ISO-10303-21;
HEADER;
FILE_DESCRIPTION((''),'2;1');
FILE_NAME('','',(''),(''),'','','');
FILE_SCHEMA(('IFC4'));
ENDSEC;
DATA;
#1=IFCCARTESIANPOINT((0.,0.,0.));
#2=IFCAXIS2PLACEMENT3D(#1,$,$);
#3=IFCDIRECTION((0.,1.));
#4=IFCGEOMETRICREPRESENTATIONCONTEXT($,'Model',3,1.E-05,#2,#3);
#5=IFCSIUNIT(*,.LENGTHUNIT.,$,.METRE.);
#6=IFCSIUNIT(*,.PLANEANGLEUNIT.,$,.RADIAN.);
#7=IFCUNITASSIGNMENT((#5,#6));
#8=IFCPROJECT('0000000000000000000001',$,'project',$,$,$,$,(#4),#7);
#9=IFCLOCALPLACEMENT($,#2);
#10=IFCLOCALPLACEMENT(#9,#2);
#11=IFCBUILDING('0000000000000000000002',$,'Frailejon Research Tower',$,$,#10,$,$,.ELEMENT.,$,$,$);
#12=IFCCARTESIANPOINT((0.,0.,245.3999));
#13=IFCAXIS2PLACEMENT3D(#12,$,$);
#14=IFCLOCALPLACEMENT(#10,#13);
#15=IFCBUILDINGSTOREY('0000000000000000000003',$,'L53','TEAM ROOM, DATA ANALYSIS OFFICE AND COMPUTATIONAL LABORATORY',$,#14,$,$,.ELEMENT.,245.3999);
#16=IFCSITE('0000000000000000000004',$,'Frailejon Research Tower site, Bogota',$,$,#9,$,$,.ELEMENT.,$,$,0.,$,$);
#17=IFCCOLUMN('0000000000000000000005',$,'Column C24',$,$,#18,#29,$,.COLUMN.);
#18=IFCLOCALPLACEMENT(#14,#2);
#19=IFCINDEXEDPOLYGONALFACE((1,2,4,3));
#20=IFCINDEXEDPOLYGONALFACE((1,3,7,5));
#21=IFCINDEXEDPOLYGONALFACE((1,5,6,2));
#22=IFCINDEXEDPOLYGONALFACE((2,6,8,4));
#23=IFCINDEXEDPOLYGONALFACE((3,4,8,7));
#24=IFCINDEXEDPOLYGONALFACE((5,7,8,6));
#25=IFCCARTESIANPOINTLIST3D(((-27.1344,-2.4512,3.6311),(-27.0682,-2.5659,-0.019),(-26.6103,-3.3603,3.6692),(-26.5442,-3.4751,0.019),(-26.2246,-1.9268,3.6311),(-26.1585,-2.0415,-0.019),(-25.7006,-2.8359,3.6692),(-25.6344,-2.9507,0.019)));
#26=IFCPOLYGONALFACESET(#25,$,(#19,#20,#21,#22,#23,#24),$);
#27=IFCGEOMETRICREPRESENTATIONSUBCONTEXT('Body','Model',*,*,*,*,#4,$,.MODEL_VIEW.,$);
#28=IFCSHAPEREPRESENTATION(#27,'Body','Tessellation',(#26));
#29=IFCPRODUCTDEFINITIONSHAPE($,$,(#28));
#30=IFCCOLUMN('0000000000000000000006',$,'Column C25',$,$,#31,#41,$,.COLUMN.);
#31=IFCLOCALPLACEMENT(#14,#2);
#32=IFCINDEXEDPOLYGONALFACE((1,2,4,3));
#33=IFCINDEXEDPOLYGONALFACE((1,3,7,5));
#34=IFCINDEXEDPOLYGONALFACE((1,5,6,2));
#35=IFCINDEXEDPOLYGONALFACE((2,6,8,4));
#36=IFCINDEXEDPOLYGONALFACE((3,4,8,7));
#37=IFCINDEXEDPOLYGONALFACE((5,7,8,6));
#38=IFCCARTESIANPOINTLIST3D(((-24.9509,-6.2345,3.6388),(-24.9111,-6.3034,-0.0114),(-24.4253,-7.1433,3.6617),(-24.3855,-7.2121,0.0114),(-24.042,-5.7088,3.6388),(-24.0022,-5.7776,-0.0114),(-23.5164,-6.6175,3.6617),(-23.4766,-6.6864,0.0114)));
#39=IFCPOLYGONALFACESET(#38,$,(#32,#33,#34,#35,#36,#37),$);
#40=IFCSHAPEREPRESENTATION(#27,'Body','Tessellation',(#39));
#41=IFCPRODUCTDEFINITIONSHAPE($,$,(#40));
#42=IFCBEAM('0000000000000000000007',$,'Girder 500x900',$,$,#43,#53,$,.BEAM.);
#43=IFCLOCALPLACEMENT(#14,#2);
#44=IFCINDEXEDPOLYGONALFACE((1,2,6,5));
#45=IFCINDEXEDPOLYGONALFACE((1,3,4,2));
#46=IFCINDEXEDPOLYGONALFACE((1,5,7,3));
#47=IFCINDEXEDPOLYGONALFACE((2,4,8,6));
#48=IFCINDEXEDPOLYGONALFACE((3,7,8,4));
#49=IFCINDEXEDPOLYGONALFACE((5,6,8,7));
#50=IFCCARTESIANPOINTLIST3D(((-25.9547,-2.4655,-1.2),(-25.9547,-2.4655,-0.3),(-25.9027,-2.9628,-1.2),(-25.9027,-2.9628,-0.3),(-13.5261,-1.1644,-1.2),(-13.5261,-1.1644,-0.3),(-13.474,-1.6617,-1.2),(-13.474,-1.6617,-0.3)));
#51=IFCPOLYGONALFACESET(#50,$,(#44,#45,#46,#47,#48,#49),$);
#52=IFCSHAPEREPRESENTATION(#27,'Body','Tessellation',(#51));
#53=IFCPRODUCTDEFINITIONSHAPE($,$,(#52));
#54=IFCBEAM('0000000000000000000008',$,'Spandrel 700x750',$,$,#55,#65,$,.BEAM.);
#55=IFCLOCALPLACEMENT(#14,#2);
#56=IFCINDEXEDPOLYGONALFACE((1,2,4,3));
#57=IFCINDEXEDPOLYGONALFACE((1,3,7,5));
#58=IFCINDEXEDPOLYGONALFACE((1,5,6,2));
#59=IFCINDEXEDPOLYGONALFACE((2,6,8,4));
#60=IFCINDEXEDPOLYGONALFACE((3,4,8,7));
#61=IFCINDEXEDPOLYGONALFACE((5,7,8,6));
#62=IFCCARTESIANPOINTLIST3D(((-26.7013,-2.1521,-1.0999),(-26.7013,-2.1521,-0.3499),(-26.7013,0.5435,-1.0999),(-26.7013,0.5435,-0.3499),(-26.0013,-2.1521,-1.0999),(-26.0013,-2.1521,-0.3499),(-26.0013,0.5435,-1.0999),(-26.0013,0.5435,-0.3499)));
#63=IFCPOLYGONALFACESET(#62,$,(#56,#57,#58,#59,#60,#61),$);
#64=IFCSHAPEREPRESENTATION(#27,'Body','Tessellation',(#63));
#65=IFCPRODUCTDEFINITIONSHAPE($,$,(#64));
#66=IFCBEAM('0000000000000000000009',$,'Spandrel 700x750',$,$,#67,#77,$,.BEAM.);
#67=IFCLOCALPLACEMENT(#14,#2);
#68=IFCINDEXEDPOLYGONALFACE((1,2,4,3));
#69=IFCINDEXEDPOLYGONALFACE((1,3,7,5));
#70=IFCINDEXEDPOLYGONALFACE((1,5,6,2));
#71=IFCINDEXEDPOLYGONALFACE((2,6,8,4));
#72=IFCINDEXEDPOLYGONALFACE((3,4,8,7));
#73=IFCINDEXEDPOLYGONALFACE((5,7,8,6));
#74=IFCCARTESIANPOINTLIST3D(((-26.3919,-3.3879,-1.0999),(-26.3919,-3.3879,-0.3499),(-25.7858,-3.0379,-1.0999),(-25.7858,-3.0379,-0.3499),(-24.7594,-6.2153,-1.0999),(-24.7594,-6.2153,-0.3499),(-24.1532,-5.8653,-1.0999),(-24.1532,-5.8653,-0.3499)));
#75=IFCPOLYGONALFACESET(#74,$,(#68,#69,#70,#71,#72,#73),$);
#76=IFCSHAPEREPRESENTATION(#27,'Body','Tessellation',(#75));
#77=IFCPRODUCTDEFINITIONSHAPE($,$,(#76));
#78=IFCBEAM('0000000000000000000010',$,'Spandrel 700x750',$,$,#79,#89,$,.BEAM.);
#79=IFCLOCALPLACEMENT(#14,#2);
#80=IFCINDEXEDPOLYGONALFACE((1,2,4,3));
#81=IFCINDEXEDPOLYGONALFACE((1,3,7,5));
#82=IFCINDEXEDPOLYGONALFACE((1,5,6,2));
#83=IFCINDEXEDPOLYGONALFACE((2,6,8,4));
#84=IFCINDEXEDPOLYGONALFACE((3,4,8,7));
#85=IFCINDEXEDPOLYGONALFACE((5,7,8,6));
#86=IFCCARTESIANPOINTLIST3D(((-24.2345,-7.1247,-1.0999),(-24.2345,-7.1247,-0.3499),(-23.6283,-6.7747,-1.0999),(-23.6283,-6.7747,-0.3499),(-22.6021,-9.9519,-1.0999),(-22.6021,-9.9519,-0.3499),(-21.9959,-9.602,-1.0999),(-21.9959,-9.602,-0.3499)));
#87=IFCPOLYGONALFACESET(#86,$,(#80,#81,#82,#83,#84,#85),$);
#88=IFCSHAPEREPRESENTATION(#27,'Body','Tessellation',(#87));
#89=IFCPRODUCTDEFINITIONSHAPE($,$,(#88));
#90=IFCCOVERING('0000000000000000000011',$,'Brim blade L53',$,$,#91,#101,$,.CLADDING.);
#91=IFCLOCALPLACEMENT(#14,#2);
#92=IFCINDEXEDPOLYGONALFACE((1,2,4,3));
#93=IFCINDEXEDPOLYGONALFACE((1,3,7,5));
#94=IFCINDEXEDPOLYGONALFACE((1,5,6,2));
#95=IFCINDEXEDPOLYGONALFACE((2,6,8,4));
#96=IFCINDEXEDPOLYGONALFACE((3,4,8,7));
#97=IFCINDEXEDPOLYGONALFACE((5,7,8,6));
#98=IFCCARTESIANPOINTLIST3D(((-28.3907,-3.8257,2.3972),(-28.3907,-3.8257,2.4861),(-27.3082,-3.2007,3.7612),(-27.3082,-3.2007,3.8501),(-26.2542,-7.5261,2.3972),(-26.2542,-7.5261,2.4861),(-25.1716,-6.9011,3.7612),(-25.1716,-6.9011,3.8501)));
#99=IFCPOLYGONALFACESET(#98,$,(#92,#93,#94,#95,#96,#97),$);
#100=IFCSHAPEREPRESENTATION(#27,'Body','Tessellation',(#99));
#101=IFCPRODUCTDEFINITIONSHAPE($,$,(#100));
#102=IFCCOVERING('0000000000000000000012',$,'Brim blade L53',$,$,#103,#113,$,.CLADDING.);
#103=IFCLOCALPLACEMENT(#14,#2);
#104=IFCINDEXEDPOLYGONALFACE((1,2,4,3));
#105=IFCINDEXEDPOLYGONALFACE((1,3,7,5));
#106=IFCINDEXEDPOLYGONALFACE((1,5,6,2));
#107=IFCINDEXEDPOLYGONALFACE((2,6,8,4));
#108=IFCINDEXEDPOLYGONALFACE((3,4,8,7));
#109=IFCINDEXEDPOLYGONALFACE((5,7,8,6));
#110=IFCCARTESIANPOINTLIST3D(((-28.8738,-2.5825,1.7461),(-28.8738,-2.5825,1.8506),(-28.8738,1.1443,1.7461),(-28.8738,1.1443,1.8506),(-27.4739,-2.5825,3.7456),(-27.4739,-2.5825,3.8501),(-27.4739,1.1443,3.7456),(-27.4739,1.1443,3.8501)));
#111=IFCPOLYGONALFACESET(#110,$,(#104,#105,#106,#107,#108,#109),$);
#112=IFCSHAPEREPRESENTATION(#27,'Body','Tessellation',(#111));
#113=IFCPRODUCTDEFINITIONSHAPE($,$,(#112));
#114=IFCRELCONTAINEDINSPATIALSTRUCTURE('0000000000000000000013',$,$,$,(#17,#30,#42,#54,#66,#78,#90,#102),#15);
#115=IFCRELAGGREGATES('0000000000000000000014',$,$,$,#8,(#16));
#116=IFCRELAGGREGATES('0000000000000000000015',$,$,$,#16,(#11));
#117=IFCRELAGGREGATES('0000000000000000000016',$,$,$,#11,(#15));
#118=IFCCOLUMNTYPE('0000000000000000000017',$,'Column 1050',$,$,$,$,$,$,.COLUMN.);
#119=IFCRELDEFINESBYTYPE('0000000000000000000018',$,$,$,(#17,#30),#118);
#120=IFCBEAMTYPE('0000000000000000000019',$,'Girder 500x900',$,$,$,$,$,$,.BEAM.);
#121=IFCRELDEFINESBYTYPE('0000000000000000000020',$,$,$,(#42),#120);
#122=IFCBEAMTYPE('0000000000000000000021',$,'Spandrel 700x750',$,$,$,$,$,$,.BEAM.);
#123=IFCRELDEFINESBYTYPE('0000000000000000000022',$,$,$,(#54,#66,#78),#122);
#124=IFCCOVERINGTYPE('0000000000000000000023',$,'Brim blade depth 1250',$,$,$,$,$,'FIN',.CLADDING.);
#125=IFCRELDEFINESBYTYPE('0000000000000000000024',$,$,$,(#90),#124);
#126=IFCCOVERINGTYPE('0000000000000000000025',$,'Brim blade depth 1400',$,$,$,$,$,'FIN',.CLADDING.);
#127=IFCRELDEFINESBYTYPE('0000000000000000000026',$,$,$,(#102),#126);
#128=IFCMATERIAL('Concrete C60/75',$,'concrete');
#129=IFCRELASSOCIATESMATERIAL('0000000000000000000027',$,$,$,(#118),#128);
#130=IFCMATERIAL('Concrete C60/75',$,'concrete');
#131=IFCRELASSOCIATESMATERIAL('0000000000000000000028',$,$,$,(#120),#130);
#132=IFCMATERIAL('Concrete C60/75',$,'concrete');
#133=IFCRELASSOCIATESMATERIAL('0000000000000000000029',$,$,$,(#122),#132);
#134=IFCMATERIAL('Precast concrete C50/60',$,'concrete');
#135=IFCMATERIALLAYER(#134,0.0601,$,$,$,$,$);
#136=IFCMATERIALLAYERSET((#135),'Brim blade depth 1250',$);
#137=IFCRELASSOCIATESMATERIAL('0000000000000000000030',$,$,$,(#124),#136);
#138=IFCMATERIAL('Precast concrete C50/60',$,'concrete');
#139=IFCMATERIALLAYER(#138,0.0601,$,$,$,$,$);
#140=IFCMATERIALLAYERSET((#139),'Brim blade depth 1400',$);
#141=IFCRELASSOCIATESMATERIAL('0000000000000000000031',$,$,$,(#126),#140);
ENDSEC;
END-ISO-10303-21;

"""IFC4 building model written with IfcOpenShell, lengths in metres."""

from ifc_helpers import new_model, si_unit, direction, frame, origin, origin_2d, place, context, subcontext, project, spatial, polyline, rectangle, outline, extrude, material, layer, layer_set, material_profile, profile_set, type_object, element, save


model = new_model("IFC4")

# Units and contexts
model_context = context("Model", 3, precision=1e-05, world=origin(), true_north=direction((0.0, 1.0)))
body_context = subcontext(model_context, "Body", "Model", "MODEL_VIEW")
ifc_project = project(units=[si_unit("LENGTHUNIT", "METRE"), si_unit("PLANEANGLEUNIT", "RADIAN")], contexts=[model_context])

# Site, building, storey
site_placement = place(None, origin())
site = spatial("IfcSite", under=ifc_project, at=site_placement, Name="Frailejon Research Tower site, Bogota", CompositionType="ELEMENT", RefElevation=0.0)
building_placement = place(site_placement, origin())
building = spatial("IfcBuilding", under=site, at=building_placement, Name="Frailejon Research Tower", CompositionType="ELEMENT")
storey_placement = place(building_placement, frame((0.0, 0.0, 245.3999)))
storey = spatial("IfcBuildingStorey", under=building, at=storey_placement, Name="L53", Description="TEAM ROOM, DATA ANALYSIS OFFICE AND COMPUTATIONAL LABORATORY", CompositionType="ELEMENT", Elevation=245.3999)

# Columns
ifc_material_1 = material(Name="Concrete C60/75", Category="concrete")
ifc_material_profile_1 = material_profile(ifc_material_1, rectangle(XDim=1.05, YDim=1.05, at=origin_2d()), Name="Column 1050")
ifc_profile_set_1 = profile_set([ifc_material_profile_1], Name="Concrete C60/75")
column_type = type_object("IfcColumnType", Name="Column 1050", PredefinedType="COLUMN", material=ifc_profile_set_1)
column_1_placement = place(storey_placement, frame((-26.3513, -2.7583, 0.0), z_axis=(-0.018114, 0.031415, 0.999342), x_axis=(0.499041, -0.86582, 0.036263)))
element("IfcColumn", 1, at=column_1_placement, inside=storey, type_object=column_type, Name="Column C24", PredefinedType="COLUMN", context=body_context, shape_type="SweptSolid", body=[
    extrude(rectangle(XDim=1.05, YDim=1.05, at=origin_2d()), origin(), (0.0, 0.0, 1.0), 3.6526),
])
column_2_placement = place(storey_placement, frame((-24.1938, -6.4949, 0.0), z_axis=(-0.0109, 0.018857, 0.999763), x_axis=(0.50059, -0.86541, 0.021781)))
element("IfcColumn", 2, at=column_2_placement, inside=storey, type_object=column_type, Name="Column C25", PredefinedType="COLUMN", context=body_context, shape_type="SweptSolid", body=[
    extrude(rectangle(XDim=1.05, YDim=1.05, at=origin_2d()), origin(), (0.0, 0.0, 1.0), 3.6511),
])

# Beams
ifc_material_2 = material(Name="Concrete C60/75", Category="concrete")
ifc_material_profile_2 = material_profile(ifc_material_2, rectangle(XDim=0.5, YDim=0.8999, at=origin_2d()), Name="Girder 500x900")
ifc_profile_set_2 = profile_set([ifc_material_profile_2], Name="Concrete C60/75")
beam_type_1 = type_object("IfcBeamType", Name="Girder 500x900", PredefinedType="BEAM", material=ifc_profile_set_2)
beam_1_placement = place(storey_placement, frame((-25.9287, -2.7141, -0.75), z_axis=(0.994566, 0.10411, 0.0), x_axis=(-0.10411, 0.994566, 0.0)))
element("IfcBeam", 3, at=beam_1_placement, inside=storey, type_object=beam_type_1, Name="Girder 500x900", PredefinedType="BEAM", context=body_context, shape_type="SweptSolid", body=[
    extrude(rectangle(XDim=0.5, YDim=0.8999, at=origin_2d()), origin(), (0.0, 0.0, 1.0), 12.4966),
])
ifc_material_3 = material(Name="Concrete C60/75", Category="concrete")
ifc_material_profile_3 = material_profile(ifc_material_3, rectangle(XDim=0.7, YDim=0.75, at=origin_2d()), Name="Spandrel 700x750")
ifc_profile_set_3 = profile_set([ifc_material_profile_3], Name="Concrete C60/75")
beam_type_2 = type_object("IfcBeamType", Name="Spandrel 700x750", PredefinedType="BEAM", material=ifc_profile_set_3)
beam_2_placement = place(storey_placement, frame((-26.3513, 0.5435, -0.7249), z_axis=(0.0, -1.0, 0.0), x_axis=(1.0, 0.0, 0.0)))
element("IfcBeam", 4, at=beam_2_placement, inside=storey, type_object=beam_type_2, Name="Spandrel 700x750", PredefinedType="BEAM", context=body_context, shape_type="SweptSolid", body=[
    extrude(rectangle(XDim=0.7, YDim=0.75, at=origin_2d()), origin(), (0.0, 0.0, 1.0), 2.6956),
])
beam_3_placement = place(storey_placement, frame((-26.0889, -3.2129, -0.7249), z_axis=(0.50004, -0.866003, 0.0), x_axis=(0.866003, 0.50004, 0.0)))
element("IfcBeam", 5, at=beam_3_placement, inside=storey, type_object=beam_type_2, Name="Spandrel 700x750", PredefinedType="BEAM", context=body_context, shape_type="SweptSolid", body=[
    extrude(rectangle(XDim=0.7, YDim=0.75, at=origin_2d()), origin(), (0.0, 0.0, 1.0), 3.2649),
])
beam_4_placement = place(storey_placement, frame((-23.9314, -6.9497, -0.7249), z_axis=(0.500016, -0.866016, 0.0), x_axis=(0.866016, 0.500016, 0.0)))
element("IfcBeam", 6, at=beam_4_placement, inside=storey, type_object=beam_type_2, Name="Spandrel 700x750", PredefinedType="BEAM", context=body_context, shape_type="SweptSolid", body=[
    extrude(rectangle(XDim=0.7, YDim=0.75, at=origin_2d()), origin(), (0.0, 0.0, 1.0), 3.2646),
])

# Coverings
ifc_material_4 = material(Name="Precast concrete C50/60", Category="concrete")
ifc_layer_1 = layer(ifc_material_4, 0.0601)
ifc_layer_set_1 = layer_set([ifc_layer_1], Name="Brim blade depth 1250")
covering_type_1 = type_object("IfcCoveringType", Name="Brim blade depth 1250", ElementType="FIN", PredefinedType="CLADDING", material=ifc_layer_set_1)
covering_1_placement = place(storey_placement, frame((-25.1716, -6.9011, 3.8501), z_axis=(-0.500013, 0.866018, 0.0), x_axis=(-0.866018, -0.500013, 0.0)))
element("IfcCovering", 7, at=covering_1_placement, inside=storey, type_object=covering_type_1, Name="Brim blade L53", PredefinedType="CLADDING", context=body_context, shape_type="SweptSolid", body=[
    extrude(outline(polyline([(0.0, -0.0889), (1.25, -1.4529), (1.25, -1.364), (0.0, 0.0), (0.0, -0.0889)])), origin(), (0.0, 0.0, 1.0), 4.2729),
])
ifc_material_5 = material(Name="Precast concrete C50/60", Category="concrete")
ifc_layer_2 = layer(ifc_material_5, 0.0601)
ifc_layer_set_2 = layer_set([ifc_layer_2], Name="Brim blade depth 1400")
covering_type_2 = type_object("IfcCoveringType", Name="Brim blade depth 1400", ElementType="FIN", PredefinedType="CLADDING", material=ifc_layer_set_2)
covering_2_placement = place(storey_placement, frame((-27.4739, -2.5825, 3.8501), z_axis=(0.0, 1.0, 0.0), x_axis=(-1.0, 0.0, 0.0)))
element("IfcCovering", 8, at=covering_2_placement, inside=storey, type_object=covering_type_2, Name="Brim blade L53", PredefinedType="CLADDING", context=body_context, shape_type="SweptSolid", body=[
    extrude(outline(polyline([(0.0, -0.1045), (1.3999, -2.104), (1.3999, -1.9995), (0.0, 0.0), (0.0, -0.1045)])), origin(), (0.0, 0.0, 1.0), 3.7268),
])

save(model, "model.ifc")
